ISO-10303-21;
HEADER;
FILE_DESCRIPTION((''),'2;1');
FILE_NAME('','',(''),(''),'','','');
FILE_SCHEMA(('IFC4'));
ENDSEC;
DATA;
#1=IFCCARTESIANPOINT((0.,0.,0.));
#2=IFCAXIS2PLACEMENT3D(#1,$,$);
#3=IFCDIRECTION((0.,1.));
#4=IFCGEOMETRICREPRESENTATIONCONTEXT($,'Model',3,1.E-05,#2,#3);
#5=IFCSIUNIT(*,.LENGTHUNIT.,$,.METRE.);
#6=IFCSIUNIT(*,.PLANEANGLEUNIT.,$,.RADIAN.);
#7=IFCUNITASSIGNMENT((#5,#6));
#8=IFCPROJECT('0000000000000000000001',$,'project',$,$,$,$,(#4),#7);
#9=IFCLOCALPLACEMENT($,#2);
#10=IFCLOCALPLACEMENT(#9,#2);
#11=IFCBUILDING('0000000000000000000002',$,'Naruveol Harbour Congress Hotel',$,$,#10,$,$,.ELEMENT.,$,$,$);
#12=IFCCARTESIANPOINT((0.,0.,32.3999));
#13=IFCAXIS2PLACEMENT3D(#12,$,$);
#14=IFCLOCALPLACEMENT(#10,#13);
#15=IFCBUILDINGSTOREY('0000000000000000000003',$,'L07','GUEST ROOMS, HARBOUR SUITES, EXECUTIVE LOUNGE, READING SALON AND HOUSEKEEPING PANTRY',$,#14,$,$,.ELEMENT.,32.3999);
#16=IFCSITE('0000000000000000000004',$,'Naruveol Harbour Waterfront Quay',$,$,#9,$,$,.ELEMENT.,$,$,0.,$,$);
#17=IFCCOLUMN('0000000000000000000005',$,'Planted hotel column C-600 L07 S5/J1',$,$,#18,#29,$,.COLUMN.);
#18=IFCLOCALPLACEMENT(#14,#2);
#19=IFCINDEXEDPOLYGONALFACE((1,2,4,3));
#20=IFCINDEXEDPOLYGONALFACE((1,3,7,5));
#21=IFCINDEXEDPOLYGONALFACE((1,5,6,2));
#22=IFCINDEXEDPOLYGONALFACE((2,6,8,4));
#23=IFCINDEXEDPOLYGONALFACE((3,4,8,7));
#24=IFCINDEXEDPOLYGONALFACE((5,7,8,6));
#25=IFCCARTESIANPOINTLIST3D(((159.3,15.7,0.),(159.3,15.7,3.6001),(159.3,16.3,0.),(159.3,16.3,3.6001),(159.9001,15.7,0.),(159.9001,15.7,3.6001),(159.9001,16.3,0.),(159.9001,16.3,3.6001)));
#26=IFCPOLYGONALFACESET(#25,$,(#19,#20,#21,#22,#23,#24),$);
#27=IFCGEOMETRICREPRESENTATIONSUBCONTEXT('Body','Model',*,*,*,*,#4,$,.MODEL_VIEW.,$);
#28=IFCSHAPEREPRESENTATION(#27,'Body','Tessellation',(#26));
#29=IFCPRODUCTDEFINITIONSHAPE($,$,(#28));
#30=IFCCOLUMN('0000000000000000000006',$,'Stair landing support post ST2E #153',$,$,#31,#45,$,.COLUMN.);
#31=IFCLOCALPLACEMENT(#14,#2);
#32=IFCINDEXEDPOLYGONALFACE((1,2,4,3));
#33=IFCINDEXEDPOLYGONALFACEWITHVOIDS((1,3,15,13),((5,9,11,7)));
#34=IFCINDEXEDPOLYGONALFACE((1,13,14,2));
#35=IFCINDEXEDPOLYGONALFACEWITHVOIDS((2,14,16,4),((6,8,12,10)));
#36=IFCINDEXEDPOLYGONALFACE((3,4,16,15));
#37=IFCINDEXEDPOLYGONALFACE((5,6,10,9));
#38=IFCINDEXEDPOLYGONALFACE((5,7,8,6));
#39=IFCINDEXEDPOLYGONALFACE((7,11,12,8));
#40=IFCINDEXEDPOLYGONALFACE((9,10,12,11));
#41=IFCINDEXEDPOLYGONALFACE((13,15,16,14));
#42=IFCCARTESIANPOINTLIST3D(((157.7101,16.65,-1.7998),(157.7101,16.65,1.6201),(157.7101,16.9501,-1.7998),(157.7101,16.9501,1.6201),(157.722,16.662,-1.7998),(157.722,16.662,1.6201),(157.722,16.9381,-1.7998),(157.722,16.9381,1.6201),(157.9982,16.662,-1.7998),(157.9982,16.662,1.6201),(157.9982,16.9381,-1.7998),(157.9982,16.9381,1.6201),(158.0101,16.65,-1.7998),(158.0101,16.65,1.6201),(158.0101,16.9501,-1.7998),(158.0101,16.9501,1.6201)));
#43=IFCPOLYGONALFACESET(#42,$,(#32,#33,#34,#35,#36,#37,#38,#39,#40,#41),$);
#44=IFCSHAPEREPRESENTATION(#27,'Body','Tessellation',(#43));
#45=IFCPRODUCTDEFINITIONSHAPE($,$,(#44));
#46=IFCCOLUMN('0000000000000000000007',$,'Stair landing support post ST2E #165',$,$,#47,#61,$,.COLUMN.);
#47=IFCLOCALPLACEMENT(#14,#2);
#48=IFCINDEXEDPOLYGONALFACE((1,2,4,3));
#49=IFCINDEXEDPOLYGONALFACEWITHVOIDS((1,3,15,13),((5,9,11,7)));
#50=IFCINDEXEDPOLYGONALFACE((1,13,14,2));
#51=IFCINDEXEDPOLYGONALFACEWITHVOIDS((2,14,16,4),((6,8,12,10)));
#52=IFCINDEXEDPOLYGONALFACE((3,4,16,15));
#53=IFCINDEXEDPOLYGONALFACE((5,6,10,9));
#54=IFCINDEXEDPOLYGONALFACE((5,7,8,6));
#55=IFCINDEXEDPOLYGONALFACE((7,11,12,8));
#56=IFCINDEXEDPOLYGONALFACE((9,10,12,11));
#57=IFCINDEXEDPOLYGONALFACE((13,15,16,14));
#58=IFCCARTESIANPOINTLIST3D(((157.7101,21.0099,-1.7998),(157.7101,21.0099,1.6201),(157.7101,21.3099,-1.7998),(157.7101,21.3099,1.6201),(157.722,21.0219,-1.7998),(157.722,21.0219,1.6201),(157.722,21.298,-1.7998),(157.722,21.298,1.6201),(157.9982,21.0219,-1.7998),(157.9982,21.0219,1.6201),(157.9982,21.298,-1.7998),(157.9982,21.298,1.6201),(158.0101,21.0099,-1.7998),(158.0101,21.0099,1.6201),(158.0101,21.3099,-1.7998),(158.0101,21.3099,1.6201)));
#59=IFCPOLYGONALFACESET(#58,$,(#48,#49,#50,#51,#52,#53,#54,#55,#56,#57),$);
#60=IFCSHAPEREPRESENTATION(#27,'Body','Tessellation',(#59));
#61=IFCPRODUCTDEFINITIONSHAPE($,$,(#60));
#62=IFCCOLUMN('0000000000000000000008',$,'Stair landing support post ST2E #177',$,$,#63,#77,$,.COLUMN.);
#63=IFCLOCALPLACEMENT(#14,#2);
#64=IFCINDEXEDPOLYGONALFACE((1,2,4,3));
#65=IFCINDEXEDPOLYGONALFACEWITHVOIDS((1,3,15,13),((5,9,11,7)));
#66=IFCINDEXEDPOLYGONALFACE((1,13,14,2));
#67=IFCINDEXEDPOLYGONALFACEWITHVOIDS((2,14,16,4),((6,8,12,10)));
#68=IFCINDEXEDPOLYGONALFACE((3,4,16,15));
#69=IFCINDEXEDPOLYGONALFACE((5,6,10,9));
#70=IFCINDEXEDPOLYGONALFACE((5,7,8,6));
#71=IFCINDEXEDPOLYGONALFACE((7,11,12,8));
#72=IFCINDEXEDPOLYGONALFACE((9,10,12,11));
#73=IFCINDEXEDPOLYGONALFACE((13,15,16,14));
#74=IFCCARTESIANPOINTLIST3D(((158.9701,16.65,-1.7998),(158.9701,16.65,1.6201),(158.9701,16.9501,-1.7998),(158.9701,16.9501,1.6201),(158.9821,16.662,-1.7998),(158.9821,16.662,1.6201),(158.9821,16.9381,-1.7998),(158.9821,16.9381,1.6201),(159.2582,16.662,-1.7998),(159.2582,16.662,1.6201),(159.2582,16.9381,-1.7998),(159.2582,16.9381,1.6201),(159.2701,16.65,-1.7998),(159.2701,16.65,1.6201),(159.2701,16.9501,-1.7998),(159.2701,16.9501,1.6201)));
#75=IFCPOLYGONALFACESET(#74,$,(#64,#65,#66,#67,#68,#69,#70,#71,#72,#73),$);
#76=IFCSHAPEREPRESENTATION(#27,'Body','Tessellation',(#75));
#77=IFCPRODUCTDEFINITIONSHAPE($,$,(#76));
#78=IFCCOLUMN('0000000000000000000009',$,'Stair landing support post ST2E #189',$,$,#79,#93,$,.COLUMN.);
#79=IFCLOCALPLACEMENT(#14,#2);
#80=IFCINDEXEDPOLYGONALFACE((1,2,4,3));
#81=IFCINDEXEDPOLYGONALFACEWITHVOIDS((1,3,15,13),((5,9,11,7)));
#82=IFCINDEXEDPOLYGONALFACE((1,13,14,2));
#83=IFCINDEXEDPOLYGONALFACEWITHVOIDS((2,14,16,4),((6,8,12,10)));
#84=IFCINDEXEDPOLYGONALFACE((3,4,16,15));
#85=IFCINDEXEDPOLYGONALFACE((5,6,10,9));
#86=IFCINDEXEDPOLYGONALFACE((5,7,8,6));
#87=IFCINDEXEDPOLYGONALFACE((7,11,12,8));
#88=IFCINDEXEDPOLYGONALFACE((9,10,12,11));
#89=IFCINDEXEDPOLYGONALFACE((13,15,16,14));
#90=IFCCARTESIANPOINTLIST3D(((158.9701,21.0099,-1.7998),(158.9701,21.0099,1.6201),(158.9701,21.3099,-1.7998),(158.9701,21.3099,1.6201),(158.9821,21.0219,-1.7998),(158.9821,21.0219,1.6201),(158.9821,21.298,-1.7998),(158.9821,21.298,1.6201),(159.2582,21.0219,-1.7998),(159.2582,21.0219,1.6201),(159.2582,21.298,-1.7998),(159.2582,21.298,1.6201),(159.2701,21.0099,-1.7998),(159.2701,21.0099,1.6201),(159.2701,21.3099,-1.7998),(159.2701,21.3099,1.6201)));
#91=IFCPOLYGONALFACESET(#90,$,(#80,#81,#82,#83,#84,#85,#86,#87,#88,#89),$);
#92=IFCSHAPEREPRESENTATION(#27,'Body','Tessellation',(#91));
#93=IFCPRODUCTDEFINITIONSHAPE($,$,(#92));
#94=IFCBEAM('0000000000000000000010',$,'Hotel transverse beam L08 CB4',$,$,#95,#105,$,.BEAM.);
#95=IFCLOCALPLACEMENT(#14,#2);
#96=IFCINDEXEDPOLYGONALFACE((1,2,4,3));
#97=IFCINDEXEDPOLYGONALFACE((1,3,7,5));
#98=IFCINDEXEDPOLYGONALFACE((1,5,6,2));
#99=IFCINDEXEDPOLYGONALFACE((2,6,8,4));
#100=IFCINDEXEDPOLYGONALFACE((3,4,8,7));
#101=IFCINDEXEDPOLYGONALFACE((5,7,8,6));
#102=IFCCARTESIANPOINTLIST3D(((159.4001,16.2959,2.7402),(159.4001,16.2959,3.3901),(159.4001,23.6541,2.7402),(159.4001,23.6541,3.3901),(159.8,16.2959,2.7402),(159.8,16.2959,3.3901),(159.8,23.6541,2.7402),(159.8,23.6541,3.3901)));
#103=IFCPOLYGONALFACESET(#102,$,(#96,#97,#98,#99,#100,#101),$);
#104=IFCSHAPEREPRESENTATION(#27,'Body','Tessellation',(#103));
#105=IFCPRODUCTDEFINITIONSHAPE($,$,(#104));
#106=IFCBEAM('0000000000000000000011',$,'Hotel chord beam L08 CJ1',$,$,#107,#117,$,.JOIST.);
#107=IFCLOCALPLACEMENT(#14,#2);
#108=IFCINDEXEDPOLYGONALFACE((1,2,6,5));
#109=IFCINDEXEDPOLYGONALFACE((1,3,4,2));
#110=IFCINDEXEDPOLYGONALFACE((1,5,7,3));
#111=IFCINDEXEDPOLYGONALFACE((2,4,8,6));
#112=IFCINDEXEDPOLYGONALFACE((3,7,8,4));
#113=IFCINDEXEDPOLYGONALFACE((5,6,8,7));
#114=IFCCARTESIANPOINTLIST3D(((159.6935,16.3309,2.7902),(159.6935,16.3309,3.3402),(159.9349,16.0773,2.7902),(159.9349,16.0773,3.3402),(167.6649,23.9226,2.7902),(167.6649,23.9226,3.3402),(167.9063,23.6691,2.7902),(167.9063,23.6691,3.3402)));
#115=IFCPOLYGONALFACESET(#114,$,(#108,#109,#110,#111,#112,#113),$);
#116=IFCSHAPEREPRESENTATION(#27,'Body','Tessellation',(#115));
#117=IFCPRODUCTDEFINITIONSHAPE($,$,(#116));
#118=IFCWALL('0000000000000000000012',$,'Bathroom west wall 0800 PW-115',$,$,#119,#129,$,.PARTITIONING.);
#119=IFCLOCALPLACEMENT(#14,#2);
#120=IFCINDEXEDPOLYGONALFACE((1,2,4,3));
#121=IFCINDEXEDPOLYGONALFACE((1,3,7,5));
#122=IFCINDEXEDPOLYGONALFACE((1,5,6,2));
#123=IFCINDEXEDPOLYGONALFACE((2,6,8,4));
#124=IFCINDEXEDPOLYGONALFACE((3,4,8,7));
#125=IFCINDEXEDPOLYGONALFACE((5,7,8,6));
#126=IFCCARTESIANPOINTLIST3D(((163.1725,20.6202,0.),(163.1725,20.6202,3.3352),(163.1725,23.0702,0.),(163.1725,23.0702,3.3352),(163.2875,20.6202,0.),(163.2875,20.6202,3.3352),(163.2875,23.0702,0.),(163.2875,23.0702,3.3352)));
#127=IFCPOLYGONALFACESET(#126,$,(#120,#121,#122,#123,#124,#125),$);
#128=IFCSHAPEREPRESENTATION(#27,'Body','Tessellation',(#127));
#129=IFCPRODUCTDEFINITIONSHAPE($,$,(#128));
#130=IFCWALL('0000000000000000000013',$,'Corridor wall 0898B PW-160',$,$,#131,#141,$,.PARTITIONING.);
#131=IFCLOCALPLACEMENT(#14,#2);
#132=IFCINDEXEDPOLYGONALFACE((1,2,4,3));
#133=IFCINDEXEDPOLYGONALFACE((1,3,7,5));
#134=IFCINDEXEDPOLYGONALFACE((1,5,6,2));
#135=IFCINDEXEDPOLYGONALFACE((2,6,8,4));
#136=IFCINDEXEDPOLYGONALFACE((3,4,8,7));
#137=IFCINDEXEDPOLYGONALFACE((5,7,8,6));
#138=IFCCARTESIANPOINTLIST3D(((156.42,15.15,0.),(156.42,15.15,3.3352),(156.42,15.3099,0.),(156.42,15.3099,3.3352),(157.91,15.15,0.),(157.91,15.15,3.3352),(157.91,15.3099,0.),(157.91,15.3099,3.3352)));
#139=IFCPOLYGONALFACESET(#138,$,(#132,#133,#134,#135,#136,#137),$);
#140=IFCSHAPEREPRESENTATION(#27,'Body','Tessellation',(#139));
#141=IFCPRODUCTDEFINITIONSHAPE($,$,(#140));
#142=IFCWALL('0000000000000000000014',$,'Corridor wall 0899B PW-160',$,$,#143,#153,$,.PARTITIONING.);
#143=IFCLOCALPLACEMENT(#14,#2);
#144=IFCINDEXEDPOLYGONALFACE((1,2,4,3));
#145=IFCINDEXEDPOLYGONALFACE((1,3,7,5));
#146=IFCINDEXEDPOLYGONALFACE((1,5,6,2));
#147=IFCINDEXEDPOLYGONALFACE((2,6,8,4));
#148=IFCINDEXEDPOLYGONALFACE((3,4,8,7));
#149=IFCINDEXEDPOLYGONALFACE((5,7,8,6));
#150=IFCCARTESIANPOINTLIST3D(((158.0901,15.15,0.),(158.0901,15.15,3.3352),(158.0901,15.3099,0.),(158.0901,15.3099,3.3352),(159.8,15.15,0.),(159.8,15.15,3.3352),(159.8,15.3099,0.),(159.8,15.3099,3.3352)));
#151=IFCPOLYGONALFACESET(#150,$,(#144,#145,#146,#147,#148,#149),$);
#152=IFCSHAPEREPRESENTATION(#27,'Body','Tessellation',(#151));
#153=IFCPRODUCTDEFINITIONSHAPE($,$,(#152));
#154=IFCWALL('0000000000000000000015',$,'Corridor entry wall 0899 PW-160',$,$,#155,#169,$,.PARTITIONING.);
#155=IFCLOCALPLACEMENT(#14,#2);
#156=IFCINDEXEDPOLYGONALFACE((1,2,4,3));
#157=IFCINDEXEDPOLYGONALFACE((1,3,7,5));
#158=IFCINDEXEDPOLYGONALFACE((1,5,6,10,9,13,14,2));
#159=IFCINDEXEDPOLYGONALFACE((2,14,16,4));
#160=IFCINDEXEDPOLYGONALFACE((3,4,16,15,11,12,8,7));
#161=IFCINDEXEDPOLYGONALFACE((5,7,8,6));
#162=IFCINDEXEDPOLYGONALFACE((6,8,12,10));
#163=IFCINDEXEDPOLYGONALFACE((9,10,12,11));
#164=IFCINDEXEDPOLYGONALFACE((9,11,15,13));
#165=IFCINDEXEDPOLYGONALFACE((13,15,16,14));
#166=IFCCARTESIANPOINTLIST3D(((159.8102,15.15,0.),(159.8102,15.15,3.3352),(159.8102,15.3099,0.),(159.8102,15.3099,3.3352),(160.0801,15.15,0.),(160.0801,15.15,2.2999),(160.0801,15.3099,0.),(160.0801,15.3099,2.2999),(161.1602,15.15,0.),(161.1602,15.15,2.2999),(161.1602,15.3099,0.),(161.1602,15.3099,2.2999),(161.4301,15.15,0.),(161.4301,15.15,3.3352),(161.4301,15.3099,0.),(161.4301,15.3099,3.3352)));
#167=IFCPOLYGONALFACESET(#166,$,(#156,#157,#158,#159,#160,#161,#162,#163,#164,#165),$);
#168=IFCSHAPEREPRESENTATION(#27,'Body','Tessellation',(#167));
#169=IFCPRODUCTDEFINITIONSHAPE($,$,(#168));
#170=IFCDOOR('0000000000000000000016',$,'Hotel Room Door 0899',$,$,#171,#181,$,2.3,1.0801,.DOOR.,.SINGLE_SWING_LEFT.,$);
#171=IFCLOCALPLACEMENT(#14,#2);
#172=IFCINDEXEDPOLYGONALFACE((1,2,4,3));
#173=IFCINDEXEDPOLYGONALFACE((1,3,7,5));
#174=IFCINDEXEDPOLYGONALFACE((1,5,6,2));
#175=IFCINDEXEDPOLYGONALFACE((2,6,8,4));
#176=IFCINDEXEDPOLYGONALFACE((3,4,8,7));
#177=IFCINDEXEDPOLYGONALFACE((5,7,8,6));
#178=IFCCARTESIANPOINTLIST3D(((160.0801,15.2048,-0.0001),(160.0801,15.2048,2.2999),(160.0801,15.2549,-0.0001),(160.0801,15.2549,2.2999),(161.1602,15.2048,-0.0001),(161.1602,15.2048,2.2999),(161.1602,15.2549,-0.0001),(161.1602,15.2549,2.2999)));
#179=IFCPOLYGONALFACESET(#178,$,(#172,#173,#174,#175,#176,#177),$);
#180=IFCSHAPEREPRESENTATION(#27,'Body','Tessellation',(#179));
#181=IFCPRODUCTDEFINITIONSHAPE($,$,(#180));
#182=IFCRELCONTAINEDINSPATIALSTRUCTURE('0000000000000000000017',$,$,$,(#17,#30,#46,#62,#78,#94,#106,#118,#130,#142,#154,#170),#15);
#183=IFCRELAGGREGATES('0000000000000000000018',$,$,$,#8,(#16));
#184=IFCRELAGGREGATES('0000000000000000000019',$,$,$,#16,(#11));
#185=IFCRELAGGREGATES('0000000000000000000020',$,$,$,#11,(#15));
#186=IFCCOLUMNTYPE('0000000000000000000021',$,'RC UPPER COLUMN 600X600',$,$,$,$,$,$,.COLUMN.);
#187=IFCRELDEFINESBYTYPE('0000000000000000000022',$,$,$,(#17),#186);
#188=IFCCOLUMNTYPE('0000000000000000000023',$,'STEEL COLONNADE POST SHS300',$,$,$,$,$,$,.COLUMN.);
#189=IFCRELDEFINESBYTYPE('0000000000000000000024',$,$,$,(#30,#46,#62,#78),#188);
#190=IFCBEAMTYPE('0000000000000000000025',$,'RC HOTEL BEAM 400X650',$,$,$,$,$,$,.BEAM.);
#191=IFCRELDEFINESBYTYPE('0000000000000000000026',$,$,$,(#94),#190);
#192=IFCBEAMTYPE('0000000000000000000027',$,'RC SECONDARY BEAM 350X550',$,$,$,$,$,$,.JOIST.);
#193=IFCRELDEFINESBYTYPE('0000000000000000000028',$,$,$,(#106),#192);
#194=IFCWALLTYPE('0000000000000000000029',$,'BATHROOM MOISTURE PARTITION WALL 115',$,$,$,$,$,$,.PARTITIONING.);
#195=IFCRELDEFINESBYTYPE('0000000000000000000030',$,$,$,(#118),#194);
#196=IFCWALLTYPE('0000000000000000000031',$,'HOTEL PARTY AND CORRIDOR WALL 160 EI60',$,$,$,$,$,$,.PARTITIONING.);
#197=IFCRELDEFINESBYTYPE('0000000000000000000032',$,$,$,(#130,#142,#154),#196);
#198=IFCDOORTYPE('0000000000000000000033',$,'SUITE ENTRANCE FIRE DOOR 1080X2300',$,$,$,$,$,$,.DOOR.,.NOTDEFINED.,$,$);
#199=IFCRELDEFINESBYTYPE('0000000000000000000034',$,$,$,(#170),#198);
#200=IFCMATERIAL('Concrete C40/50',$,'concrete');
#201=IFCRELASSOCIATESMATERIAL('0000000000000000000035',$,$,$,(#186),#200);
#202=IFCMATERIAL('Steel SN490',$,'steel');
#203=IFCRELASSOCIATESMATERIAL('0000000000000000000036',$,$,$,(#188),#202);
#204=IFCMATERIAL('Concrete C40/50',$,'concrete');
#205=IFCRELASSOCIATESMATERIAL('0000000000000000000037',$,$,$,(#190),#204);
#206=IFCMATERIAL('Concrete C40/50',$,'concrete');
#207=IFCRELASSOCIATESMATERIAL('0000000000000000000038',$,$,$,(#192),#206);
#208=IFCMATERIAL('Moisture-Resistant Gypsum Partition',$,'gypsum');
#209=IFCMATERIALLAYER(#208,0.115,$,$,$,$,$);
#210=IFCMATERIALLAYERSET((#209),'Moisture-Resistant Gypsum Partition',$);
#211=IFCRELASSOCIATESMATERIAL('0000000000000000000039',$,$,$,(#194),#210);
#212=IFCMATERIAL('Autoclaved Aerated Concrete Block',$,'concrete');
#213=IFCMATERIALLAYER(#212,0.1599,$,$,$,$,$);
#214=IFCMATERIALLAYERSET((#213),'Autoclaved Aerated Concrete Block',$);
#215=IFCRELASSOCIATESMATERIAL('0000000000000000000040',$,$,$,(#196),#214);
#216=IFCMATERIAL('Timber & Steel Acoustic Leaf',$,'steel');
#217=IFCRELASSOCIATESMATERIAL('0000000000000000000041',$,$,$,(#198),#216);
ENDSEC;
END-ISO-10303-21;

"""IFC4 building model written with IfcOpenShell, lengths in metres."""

from ifc_helpers import new_model, si_unit, direction, frame, frame_2d, origin, origin_2d, place, context, subcontext, project, spatial, rectangle, hollow_rectangle, extrude, material, layer, layer_set, material_profile, profile_set, type_object, element, fill, save


model = new_model("IFC4")

# Units and contexts
model_context = context("Model", 3, precision=1e-05, world=origin(), true_north=direction((0.0, 1.0)))
body_context = subcontext(model_context, "Body", "Model", "MODEL_VIEW")
ifc_project = project(units=[si_unit("LENGTHUNIT", "METRE"), si_unit("PLANEANGLEUNIT", "RADIAN")], contexts=[model_context])

# Site, building, storey
site_placement = place(None, origin())
site = spatial("IfcSite", under=ifc_project, at=site_placement, Name="Naruveol Harbour Waterfront Quay", CompositionType="ELEMENT", RefElevation=0.0)
building_placement = place(site_placement, origin())
building = spatial("IfcBuilding", under=site, at=building_placement, Name="Naruveol Harbour Congress Hotel", CompositionType="ELEMENT")
storey_placement = place(building_placement, frame((0.0, 0.0, 32.3999)))
storey = spatial("IfcBuildingStorey", under=building, at=storey_placement, Name="L07", Description="GUEST ROOMS, HARBOUR SUITES, EXECUTIVE LOUNGE, READING SALON AND HOUSEKEEPING PANTRY", CompositionType="ELEMENT", Elevation=32.3999)

# Columns
ifc_material_1 = material(Name="Concrete C40/50", Category="concrete")
ifc_material_profile_1 = material_profile(ifc_material_1, rectangle(XDim=0.6001, YDim=0.6001, at=origin_2d()), Name="RC-600x600")
ifc_profile_set_1 = profile_set([ifc_material_profile_1], Name="Concrete C40/50")
column_type_1 = type_object("IfcColumnType", Name="RC UPPER COLUMN 600X600", PredefinedType="COLUMN", material=ifc_profile_set_1)
column_placement = place(storey_placement, frame((159.6001, 16.0, 0.0), z_axis=(0.0, 0.0, 1.0), x_axis=(1.0, 0.0, 0.0)))
element("IfcColumn", 1, at=column_placement, inside=storey, type_object=column_type_1, Name="Planted hotel column C-600 L07 S5/J1", PredefinedType="COLUMN", context=body_context, shape_type="SweptSolid", body=[
    extrude(rectangle(XDim=0.6001, YDim=0.6001, at=origin_2d()), origin(), (0.0, 0.0, 1.0), 3.6001),
])
ifc_material_2 = material(Name="Steel SN490", Category="steel")
ifc_material_profile_2 = material_profile(ifc_material_2, hollow_rectangle(XDim=0.3, YDim=0.3, WallThickness=0.012, at=origin_2d()), Name="SHS-300x300x12")
ifc_profile_set_2 = profile_set([ifc_material_profile_2], Name="Steel SN490")
column_type_2 = type_object("IfcColumnType", Name="STEEL COLONNADE POST SHS300", PredefinedType="COLUMN", material=ifc_profile_set_2)
for number, where, z_axis, x_axis, name in (
    (2, (157.8601, 16.8, -1.7998), (0.0, 0.0, 1.0), (1.0, 0.0, 0.0), "Stair landing support post ST2E #153"),
    (3, (157.8601, 21.1599, -1.7998), (0.0, 0.0, 1.0), (1.0, 0.0, 0.0), "Stair landing support post ST2E #165"),
    (4, (159.1201, 16.8, -1.7998), (0.0, 0.0, 1.0), (1.0, 0.0, 0.0), "Stair landing support post ST2E #177"),
    (5, (159.1201, 21.1599, -1.7998), (0.0, 0.0, 1.0), (1.0, 0.0, 0.0), "Stair landing support post ST2E #189"),
):
    element("IfcColumn", number, at=place(storey_placement, frame(where, z_axis=z_axis, x_axis=x_axis)), inside=storey, type_object=column_type_2, Name=name, PredefinedType="COLUMN", context=body_context, shape_type="SweptSolid", body=[
        extrude(hollow_rectangle(XDim=0.3, YDim=0.3, WallThickness=0.012, at=origin_2d()), origin(), (0.0, 0.0, 1.0), 3.4199),
    ])

# Beams
ifc_material_3 = material(Name="Concrete C40/50", Category="concrete")
ifc_material_profile_3 = material_profile(ifc_material_3, rectangle(XDim=0.3999, YDim=0.6499, at=origin_2d()), Name="RCB-400x650")
ifc_profile_set_3 = profile_set([ifc_material_profile_3], Name="Concrete C40/50")
beam_type_1 = type_object("IfcBeamType", Name="RC HOTEL BEAM 400X650", PredefinedType="BEAM", material=ifc_profile_set_3)
beam_1_placement = place(storey_placement, frame((159.6001, 16.2959, 3.0652), z_axis=(0.0, 1.0, 0.0), x_axis=(-1.0, 0.0, 0.0)))
element("IfcBeam", 6, at=beam_1_placement, inside=storey, type_object=beam_type_1, Name="Hotel transverse beam L08 CB4", PredefinedType="BEAM", context=body_context, shape_type="SweptSolid", body=[
    extrude(rectangle(XDim=0.3999, YDim=0.6499, at=origin_2d()), origin(), (0.0, 0.0, 1.0), 7.3582),
])
ifc_material_4 = material(Name="Concrete C40/50", Category="concrete")
ifc_material_profile_4 = material_profile(ifc_material_4, rectangle(XDim=0.3501, YDim=0.55, at=origin_2d()), Name="RCB-350x550")
ifc_profile_set_4 = profile_set([ifc_material_profile_4], Name="Concrete C40/50")
beam_type_2 = type_object("IfcBeamType", Name="RC SECONDARY BEAM 350X550", PredefinedType="JOIST", material=ifc_profile_set_4)
beam_2_placement = place(storey_placement, frame((159.8142, 16.2041, 3.0652), z_axis=(0.72414, 0.689653, 0.0), x_axis=(-0.689653, 0.72414, 0.0)))
element("IfcBeam", 7, at=beam_2_placement, inside=storey, type_object=beam_type_2, Name="Hotel chord beam L08 CJ1", PredefinedType="JOIST", context=body_context, shape_type="SweptSolid", body=[
    extrude(rectangle(XDim=0.3501, YDim=0.55, at=origin_2d()), origin(), (0.0, 0.0, 1.0), 11.0081),
])

# Walls
ifc_material_5 = material(Name="Moisture-Resistant Gypsum Partition", Category="gypsum")
ifc_layer_1 = layer(ifc_material_5, 0.115)
ifc_layer_set_1 = layer_set([ifc_layer_1], Name="Moisture-Resistant Gypsum Partition")
wall_type_1 = type_object("IfcWallType", Name="BATHROOM MOISTURE PARTITION WALL 115", PredefinedType="PARTITIONING", material=ifc_layer_set_1)
wall_1_placement = place(storey_placement, frame((163.23, 20.6201, 0.0), z_axis=(0.0, 0.0, 1.0), x_axis=(0.0, 1.0, 0.0)))
element("IfcWall", 8, at=wall_1_placement, inside=storey, type_object=wall_type_1, Name="Bathroom west wall 0800 PW-115", PredefinedType="PARTITIONING", context=body_context, shape_type="SweptSolid", body=[
    extrude(rectangle(XDim=2.45, YDim=0.115, at=frame_2d((1.2251, 0.0))), origin(), (0.0, 0.0, 1.0), 3.3352),
])
ifc_material_6 = material(Name="Autoclaved Aerated Concrete Block", Category="concrete")
ifc_layer_2 = layer(ifc_material_6, 0.1599)
ifc_layer_set_2 = layer_set([ifc_layer_2], Name="Autoclaved Aerated Concrete Block")
wall_type_2 = type_object("IfcWallType", Name="HOTEL PARTY AND CORRIDOR WALL 160 EI60", PredefinedType="PARTITIONING", material=ifc_layer_set_2)
wall_2_placement = place(storey_placement, frame((156.4199, 15.23, 0.0), z_axis=(0.0, 0.0, 1.0), x_axis=(1.0, 0.0, 0.0)))
element("IfcWall", 9, at=wall_2_placement, inside=storey, type_object=wall_type_2, Name="Corridor wall 0898B PW-160", PredefinedType="PARTITIONING", context=body_context, shape_type="SweptSolid", body=[
    extrude(rectangle(XDim=1.49, YDim=0.1599, at=frame_2d((0.7451, 0.0))), origin(), (0.0, 0.0, 1.0), 3.3352),
])
wall_3_placement = place(storey_placement, frame((158.0901, 15.23, 0.0), z_axis=(0.0, 0.0, 1.0), x_axis=(1.0, 0.0, 0.0)))
element("IfcWall", 10, at=wall_3_placement, inside=storey, type_object=wall_type_2, Name="Corridor wall 0899B PW-160", PredefinedType="PARTITIONING", context=body_context, shape_type="SweptSolid", body=[
    extrude(rectangle(XDim=1.71, YDim=0.1599, at=frame_2d((0.855, 0.0))), origin(), (0.0, 0.0, 1.0), 3.3352),
])

# Wall, opening, door
wall_4_placement = place(storey_placement, frame((159.8101, 15.23, 0.0), z_axis=(0.0, 0.0, 1.0), x_axis=(1.0, 0.0, 0.0)))
wall_4 = element("IfcWall", 11, at=wall_4_placement, inside=storey, type_object=wall_type_2, Name="Corridor entry wall 0899 PW-160", PredefinedType="PARTITIONING", context=body_context, shape_type="SweptSolid", body=[
    extrude(rectangle(XDim=1.6199, YDim=0.1599, at=frame_2d((0.8101, 0.0))), origin(), (0.0, 0.0, 1.0), 3.3352),
])
opening_1_placement = place(wall_4_placement, frame((0.27, 0.0, 0.0)))
opening_1 = element("IfcOpeningElement", 12, at=opening_1_placement, cuts=wall_4, PredefinedType="OPENING", context=body_context, shape_type="SweptSolid", body=[
    extrude(rectangle(XDim=1.0801, YDim=2.3, at=frame_2d((0.54, 1.1499))), frame((0.0, 0.0898, 0.0), z_axis=(0.0, -1.0, 0.0), x_axis=(1.0, 0.0, 0.0)), (0.0, 0.0, 1.0), 0.1799),
])
ifc_material_7 = material(Name="Timber & Steel Acoustic Leaf", Category="steel")
door_type = type_object("IfcDoorType", Name="SUITE ENTRANCE FIRE DOOR 1080X2300", OperationType="NOTDEFINED", PredefinedType="DOOR", material=ifc_material_7)
door_1_placement = place(opening_1_placement, origin())
door_1 = element("IfcDoor", 13, at=door_1_placement, inside=storey, type_object=door_type, Name="Hotel Room Door 0899", OperationType="SINGLE_SWING_LEFT", OverallHeight=2.3, OverallWidth=1.0801, PredefinedType="DOOR", context=body_context, shape_type="SweptSolid", body=[
    extrude(rectangle(XDim=1.0801, YDim=2.3, at=frame_2d((0.54, 1.1499))), frame((0.0, 0.0249, 0.0), z_axis=(0.0, -1.0, 0.0), x_axis=(1.0, 0.0, 0.0)), (0.0, 0.0, 1.0), 0.05),
])
fill(opening_1, door_1)

save(model, "model.ifc")
